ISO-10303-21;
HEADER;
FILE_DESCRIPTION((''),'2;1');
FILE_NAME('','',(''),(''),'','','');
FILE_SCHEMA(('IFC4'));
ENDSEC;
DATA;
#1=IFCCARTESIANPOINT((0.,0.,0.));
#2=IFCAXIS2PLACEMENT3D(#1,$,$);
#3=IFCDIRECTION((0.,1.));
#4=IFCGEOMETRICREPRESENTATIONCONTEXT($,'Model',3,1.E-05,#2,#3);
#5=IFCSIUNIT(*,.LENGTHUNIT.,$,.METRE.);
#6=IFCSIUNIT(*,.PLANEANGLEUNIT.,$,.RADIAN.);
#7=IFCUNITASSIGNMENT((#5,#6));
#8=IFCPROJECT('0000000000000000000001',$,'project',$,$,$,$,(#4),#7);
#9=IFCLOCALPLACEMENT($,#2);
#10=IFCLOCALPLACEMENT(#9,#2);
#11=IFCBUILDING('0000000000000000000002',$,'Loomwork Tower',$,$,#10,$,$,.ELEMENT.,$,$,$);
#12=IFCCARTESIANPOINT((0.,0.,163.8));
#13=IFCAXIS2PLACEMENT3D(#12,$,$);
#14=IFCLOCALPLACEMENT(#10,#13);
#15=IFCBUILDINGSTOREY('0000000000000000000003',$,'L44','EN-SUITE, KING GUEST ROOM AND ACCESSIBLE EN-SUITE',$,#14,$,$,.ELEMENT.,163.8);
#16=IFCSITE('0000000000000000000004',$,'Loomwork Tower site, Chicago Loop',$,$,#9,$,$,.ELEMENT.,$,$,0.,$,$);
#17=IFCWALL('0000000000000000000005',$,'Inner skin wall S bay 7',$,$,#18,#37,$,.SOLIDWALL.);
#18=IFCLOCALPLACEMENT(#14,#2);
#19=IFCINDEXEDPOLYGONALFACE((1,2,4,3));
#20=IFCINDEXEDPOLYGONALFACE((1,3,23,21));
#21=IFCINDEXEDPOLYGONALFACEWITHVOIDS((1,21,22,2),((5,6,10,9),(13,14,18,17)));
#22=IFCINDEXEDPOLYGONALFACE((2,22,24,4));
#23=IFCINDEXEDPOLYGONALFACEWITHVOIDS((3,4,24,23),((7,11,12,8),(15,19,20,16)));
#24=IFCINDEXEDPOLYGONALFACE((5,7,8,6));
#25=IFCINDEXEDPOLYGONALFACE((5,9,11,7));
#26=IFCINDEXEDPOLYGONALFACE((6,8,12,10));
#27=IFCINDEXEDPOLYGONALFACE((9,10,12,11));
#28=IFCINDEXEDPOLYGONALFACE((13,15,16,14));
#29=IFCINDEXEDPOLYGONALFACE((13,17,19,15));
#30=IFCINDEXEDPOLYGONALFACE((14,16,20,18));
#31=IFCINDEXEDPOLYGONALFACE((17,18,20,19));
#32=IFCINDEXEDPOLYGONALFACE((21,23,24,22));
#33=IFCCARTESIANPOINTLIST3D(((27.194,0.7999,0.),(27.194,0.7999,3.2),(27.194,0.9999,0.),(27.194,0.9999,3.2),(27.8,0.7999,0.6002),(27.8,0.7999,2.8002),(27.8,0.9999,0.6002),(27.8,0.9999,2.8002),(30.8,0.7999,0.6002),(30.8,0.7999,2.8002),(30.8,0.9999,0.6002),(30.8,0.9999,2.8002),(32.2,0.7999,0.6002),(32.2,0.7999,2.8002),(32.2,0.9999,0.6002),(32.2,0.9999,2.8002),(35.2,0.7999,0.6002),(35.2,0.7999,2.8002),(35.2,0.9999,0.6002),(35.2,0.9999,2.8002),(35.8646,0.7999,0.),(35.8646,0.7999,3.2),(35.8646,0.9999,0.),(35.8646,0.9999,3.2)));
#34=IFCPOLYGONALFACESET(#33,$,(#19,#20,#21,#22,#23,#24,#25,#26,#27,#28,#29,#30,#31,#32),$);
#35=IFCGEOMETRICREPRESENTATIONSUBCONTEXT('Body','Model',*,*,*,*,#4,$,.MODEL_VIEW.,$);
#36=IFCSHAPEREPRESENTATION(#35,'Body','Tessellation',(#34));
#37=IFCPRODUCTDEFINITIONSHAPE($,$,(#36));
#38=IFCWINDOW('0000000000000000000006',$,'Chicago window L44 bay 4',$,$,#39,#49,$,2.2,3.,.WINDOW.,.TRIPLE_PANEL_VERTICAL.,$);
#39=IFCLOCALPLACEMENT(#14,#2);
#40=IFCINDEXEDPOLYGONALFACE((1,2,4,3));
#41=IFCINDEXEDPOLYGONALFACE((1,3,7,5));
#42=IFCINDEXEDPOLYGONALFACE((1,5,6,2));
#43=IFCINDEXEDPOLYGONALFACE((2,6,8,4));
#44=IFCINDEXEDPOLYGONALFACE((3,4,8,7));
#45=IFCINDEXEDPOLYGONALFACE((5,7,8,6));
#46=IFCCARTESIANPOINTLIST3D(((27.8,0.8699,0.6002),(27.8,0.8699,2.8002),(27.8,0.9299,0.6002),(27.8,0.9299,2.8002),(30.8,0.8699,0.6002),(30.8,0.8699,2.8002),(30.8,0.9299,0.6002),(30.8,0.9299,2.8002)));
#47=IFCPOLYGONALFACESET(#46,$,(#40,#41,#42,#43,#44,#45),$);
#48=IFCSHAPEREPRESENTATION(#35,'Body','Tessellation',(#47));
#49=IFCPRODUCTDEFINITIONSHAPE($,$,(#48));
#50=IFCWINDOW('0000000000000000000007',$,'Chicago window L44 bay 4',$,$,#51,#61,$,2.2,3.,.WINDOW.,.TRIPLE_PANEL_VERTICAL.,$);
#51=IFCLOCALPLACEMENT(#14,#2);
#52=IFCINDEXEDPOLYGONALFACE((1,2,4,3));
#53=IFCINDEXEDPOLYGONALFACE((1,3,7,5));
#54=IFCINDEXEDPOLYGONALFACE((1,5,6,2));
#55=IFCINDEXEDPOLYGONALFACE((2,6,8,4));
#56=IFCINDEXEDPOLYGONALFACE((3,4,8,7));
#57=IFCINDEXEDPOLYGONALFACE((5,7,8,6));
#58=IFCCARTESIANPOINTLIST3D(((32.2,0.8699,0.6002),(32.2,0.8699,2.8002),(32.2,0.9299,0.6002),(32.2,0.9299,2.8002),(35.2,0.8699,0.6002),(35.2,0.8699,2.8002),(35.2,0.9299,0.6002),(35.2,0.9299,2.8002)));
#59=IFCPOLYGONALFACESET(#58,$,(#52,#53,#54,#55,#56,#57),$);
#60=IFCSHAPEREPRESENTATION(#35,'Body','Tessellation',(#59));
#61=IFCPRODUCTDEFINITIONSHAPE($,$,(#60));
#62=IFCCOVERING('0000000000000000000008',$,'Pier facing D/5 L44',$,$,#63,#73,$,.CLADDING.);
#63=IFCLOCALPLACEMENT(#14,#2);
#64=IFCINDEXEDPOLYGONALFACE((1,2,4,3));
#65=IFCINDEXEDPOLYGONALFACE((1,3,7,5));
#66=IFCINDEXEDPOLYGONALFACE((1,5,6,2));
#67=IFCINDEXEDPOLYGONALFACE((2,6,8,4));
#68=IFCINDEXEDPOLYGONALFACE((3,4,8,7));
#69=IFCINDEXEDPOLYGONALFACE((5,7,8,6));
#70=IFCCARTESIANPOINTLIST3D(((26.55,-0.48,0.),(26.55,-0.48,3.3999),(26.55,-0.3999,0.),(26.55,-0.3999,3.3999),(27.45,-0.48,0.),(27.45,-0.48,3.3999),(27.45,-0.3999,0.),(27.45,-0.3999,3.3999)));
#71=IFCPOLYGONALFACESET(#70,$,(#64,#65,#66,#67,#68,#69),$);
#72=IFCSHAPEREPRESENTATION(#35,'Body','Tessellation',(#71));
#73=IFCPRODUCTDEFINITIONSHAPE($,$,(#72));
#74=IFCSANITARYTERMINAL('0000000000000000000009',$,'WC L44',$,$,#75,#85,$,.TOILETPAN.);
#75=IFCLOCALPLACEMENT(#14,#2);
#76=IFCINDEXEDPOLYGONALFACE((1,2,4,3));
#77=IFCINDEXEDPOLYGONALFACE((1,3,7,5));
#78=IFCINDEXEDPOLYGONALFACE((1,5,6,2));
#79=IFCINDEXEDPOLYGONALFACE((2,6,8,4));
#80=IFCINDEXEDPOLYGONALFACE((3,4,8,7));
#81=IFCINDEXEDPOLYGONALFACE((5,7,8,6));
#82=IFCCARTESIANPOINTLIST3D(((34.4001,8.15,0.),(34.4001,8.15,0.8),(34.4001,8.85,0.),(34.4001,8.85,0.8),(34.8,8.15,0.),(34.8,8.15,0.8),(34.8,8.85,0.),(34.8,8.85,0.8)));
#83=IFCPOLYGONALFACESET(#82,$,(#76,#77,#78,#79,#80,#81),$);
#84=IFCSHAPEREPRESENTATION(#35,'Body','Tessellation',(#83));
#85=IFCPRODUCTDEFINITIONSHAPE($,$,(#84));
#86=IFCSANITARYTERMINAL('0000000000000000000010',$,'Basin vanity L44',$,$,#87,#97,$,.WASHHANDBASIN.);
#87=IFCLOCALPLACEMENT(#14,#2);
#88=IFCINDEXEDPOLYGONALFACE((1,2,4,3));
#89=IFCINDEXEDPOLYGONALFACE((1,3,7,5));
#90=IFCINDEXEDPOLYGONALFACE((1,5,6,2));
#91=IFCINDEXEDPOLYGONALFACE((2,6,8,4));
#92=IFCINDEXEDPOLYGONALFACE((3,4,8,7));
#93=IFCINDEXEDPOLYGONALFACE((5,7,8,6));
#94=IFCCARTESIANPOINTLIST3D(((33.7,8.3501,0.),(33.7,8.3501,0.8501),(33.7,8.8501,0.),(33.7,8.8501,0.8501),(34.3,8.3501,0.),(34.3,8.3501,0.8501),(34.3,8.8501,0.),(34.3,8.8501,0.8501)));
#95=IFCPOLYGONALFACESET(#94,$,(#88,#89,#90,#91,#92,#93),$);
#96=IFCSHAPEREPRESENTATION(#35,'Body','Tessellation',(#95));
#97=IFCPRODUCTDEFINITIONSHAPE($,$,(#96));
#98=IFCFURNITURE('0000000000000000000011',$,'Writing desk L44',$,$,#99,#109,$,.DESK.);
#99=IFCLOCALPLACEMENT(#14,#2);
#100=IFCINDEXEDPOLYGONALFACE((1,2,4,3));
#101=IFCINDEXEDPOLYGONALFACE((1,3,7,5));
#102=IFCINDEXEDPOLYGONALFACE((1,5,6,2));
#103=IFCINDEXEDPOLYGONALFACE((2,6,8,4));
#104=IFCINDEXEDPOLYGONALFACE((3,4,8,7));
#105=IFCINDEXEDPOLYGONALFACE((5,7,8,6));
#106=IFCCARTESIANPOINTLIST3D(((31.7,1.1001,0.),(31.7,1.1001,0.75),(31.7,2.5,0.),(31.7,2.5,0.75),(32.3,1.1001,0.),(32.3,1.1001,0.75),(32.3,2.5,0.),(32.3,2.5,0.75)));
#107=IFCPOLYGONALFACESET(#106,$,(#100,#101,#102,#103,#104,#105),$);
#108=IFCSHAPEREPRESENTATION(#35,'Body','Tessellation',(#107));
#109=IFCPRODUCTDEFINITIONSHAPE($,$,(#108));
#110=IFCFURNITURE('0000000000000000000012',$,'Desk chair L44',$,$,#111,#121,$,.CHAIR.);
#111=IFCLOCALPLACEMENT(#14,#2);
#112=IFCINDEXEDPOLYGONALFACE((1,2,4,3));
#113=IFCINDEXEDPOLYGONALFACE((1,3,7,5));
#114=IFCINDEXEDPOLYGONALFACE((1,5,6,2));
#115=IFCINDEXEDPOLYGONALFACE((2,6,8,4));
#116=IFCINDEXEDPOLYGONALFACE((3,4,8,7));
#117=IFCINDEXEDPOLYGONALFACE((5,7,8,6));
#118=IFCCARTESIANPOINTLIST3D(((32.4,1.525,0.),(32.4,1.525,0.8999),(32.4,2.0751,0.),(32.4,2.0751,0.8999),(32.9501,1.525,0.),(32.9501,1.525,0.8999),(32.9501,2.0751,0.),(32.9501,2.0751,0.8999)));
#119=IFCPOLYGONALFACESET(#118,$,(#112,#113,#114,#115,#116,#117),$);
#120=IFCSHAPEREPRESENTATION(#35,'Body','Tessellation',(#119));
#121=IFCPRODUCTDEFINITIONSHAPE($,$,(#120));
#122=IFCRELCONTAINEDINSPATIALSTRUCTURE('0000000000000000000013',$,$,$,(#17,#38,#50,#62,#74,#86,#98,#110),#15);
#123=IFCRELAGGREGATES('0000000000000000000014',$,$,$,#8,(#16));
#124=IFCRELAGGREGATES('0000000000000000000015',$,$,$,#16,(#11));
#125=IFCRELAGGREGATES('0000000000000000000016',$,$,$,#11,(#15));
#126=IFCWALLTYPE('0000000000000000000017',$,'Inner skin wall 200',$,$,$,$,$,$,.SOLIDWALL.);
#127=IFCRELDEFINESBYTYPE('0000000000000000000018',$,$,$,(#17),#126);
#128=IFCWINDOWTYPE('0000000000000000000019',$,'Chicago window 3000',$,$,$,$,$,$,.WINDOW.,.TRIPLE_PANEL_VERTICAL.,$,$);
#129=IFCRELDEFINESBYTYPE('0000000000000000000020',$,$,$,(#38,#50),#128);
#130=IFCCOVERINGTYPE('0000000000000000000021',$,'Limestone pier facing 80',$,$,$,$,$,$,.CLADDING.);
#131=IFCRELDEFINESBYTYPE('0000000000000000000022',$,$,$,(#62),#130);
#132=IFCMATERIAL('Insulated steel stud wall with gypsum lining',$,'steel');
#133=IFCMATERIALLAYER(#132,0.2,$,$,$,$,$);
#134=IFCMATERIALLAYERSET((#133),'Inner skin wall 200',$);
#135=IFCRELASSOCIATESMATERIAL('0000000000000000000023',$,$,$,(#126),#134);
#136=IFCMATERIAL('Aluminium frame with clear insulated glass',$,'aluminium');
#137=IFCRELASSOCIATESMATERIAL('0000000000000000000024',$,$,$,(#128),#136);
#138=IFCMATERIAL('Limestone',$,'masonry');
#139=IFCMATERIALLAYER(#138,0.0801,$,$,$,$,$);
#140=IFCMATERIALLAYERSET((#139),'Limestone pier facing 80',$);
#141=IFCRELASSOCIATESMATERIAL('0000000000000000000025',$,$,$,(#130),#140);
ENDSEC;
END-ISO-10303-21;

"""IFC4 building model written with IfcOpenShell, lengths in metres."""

from ifc_helpers import new_model, si_unit, direction, frame, frame_2d, origin, origin_2d, place, context, subcontext, project, spatial, rectangle, extrude, material, layer, layer_set, type_object, element, fill, save


model = new_model("IFC4")

# Units and contexts
model_context = context("Model", 3, precision=1e-05, world=origin(), true_north=direction((0.0, 1.0)))
body_context = subcontext(model_context, "Body", "Model", "MODEL_VIEW")
ifc_project = project(units=[si_unit("LENGTHUNIT", "METRE"), si_unit("PLANEANGLEUNIT", "RADIAN")], contexts=[model_context])

# Site, building, storey
site_placement = place(None, origin())
site = spatial("IfcSite", under=ifc_project, at=site_placement, Name="Loomwork Tower site, Chicago Loop", CompositionType="ELEMENT", RefElevation=0.0)
building_placement = place(site_placement, origin())
building = spatial("IfcBuilding", under=site, at=building_placement, Name="Loomwork Tower", CompositionType="ELEMENT")
storey_placement = place(building_placement, frame((0.0, 0.0, 163.8)))
storey = spatial("IfcBuildingStorey", under=building, at=storey_placement, Name="L44", Description="EN-SUITE, KING GUEST ROOM AND ACCESSIBLE EN-SUITE", CompositionType="ELEMENT", Elevation=163.8)

# Shared definitions
ifc_material_1 = material(Name="Insulated steel stud wall with gypsum lining", Category="steel")
ifc_layer_1 = layer(ifc_material_1, 0.2)
ifc_layer_set_1 = layer_set([ifc_layer_1], Name="Inner skin wall 200")
wall_type_1 = type_object("IfcWallType", Name="Inner skin wall 200", PredefinedType="SOLIDWALL", material=ifc_layer_set_1)

# Wall, openings, windows
wall_1_placement = place(storey_placement, frame((27.1938, 0.8999, 0.0), z_axis=(0.0, 0.0, 1.0), x_axis=(1.0, 0.0, 0.0)))
wall_1 = element("IfcWall", 1, at=wall_1_placement, inside=storey, type_object=wall_type_1, Name="Inner skin wall S bay 7", PredefinedType="SOLIDWALL", context=body_context, shape_type="SweptSolid", body=[
    extrude(rectangle(XDim=8.6707, YDim=0.2, at=frame_2d((4.3354, 0.0))), origin(), (0.0, 0.0, 1.0), 3.2),
])
opening_1_placement = place(wall_1_placement, frame((0.6062, 0.0, 0.6001)))
opening_1 = element("IfcOpeningElement", 2, at=opening_1_placement, cuts=wall_1, PredefinedType="OPENING", context=body_context, shape_type="SweptSolid", body=[
    extrude(rectangle(XDim=3.0, YDim=2.2, at=frame_2d((1.5, 1.1001))), frame((0.0, 0.1099, 0.0), z_axis=(0.0, -1.0, 0.0), x_axis=(1.0, 0.0, 0.0)), (0.0, 0.0, 1.0), 0.22),
])
opening_2_placement = place(wall_1_placement, frame((5.0061, 0.0, 0.6001)))
opening_2 = element("IfcOpeningElement", 3, at=opening_2_placement, cuts=wall_1, PredefinedType="OPENING", context=body_context, shape_type="SweptSolid", body=[
    extrude(rectangle(XDim=3.0, YDim=2.2, at=frame_2d((1.5, 1.1001))), frame((0.0, 0.1099, 0.0), z_axis=(0.0, -1.0, 0.0), x_axis=(1.0, 0.0, 0.0)), (0.0, 0.0, 1.0), 0.22),
])
ifc_material_2 = material(Name="Aluminium frame with clear insulated glass", Category="aluminium")
window_type = type_object("IfcWindowType", Name="Chicago window 3000", PartitioningType="TRIPLE_PANEL_VERTICAL", PredefinedType="WINDOW", material=ifc_material_2)
window_1_placement = place(opening_1_placement, origin())
window_1 = element("IfcWindow", 4, at=window_1_placement, inside=storey, type_object=window_type, Name="Chicago window L44 bay 4", OverallHeight=2.2, OverallWidth=3.0, PartitioningType="TRIPLE_PANEL_VERTICAL", PredefinedType="WINDOW", context=body_context, shape_type="SweptSolid", body=[
    extrude(rectangle(XDim=3.0, YDim=2.2, at=frame_2d((1.5, 1.1001))), frame((0.0, 0.03, 0.0), z_axis=(0.0, -1.0, 0.0), x_axis=(1.0, 0.0, 0.0)), (0.0, 0.0, 1.0), 0.0601),
])
fill(opening_1, window_1)
window_2_placement = place(opening_2_placement, origin())
window_2 = element("IfcWindow", 5, at=window_2_placement, inside=storey, type_object=window_type, Name="Chicago window L44 bay 4", OverallHeight=2.2, OverallWidth=3.0, PartitioningType="TRIPLE_PANEL_VERTICAL", PredefinedType="WINDOW", context=body_context, shape_type="SweptSolid", body=[
    extrude(rectangle(XDim=3.0, YDim=2.2, at=frame_2d((1.5, 1.1001))), frame((0.0, 0.03, 0.0), z_axis=(0.0, -1.0, 0.0), x_axis=(1.0, 0.0, 0.0)), (0.0, 0.0, 1.0), 0.0601),
])
fill(opening_2, window_2)

# Covering
ifc_material_3 = material(Name="Limestone", Category="masonry")
ifc_layer_2 = layer(ifc_material_3, 0.0801)
ifc_layer_set_2 = layer_set([ifc_layer_2], Name="Limestone pier facing 80")
covering_type = type_object("IfcCoveringType", Name="Limestone pier facing 80", PredefinedType="CLADDING", material=ifc_layer_set_2)
covering_placement = place(storey_placement, frame((27.0, -0.4399, 0.0), z_axis=(0.0, 0.0, 1.0), x_axis=(1.0, 0.0, 0.0)))
element("IfcCovering", 6, at=covering_placement, inside=storey, type_object=covering_type, Name="Pier facing D/5 L44", PredefinedType="CLADDING", context=body_context, shape_type="SweptSolid", body=[
    extrude(rectangle(XDim=0.8999, YDim=0.0801, at=origin_2d()), origin(), (0.0, 0.0, 1.0), 3.3999),
])

# Sanitary terminals
sanitary_terminal_1_placement = place(storey_placement, frame((34.6001, 8.5, 0.0), z_axis=(0.0, 0.0, 1.0), x_axis=(1.0, 0.0, 0.0)))
element("IfcSanitaryTerminal", 7, at=sanitary_terminal_1_placement, inside=storey, Name="WC L44", PredefinedType="TOILETPAN", context=body_context, shape_type="SweptSolid", body=[
    extrude(rectangle(XDim=0.3999, YDim=0.7, at=origin_2d()), origin(), (0.0, 0.0, 1.0), 0.8),
])
sanitary_terminal_2_placement = place(storey_placement, frame((34.0, 8.6001, 0.0), z_axis=(0.0, 0.0, 1.0), x_axis=(1.0, 0.0, 0.0)))
element("IfcSanitaryTerminal", 8, at=sanitary_terminal_2_placement, inside=storey, Name="Basin vanity L44", PredefinedType="WASHHANDBASIN", context=body_context, shape_type="SweptSolid", body=[
    extrude(rectangle(XDim=0.6001, YDim=0.5, at=origin_2d()), origin(), (0.0, 0.0, 1.0), 0.8501),
])

# Furniture
furniture_1_placement = place(storey_placement, frame((32.0, 1.8, 0.0), z_axis=(0.0, 0.0, 1.0), x_axis=(1.0, 0.0, 0.0)))
element("IfcFurniture", 9, at=furniture_1_placement, inside=storey, Name="Writing desk L44", PredefinedType="DESK", context=body_context, shape_type="SweptSolid", body=[
    extrude(rectangle(XDim=0.6001, YDim=1.3999, at=origin_2d()), origin(), (0.0, 0.0, 1.0), 0.75),
])
furniture_2_placement = place(storey_placement, frame((32.675, 1.8, 0.0), z_axis=(0.0, 0.0, 1.0), x_axis=(1.0, 0.0, 0.0)))
element("IfcFurniture", 10, at=furniture_2_placement, inside=storey, Name="Desk chair L44", PredefinedType="CHAIR", context=body_context, shape_type="SweptSolid", body=[
    extrude(rectangle(XDim=0.55, YDim=0.55, at=origin_2d()), origin(), (0.0, 0.0, 1.0), 0.8999),
])

save(model, "model.ifc")
